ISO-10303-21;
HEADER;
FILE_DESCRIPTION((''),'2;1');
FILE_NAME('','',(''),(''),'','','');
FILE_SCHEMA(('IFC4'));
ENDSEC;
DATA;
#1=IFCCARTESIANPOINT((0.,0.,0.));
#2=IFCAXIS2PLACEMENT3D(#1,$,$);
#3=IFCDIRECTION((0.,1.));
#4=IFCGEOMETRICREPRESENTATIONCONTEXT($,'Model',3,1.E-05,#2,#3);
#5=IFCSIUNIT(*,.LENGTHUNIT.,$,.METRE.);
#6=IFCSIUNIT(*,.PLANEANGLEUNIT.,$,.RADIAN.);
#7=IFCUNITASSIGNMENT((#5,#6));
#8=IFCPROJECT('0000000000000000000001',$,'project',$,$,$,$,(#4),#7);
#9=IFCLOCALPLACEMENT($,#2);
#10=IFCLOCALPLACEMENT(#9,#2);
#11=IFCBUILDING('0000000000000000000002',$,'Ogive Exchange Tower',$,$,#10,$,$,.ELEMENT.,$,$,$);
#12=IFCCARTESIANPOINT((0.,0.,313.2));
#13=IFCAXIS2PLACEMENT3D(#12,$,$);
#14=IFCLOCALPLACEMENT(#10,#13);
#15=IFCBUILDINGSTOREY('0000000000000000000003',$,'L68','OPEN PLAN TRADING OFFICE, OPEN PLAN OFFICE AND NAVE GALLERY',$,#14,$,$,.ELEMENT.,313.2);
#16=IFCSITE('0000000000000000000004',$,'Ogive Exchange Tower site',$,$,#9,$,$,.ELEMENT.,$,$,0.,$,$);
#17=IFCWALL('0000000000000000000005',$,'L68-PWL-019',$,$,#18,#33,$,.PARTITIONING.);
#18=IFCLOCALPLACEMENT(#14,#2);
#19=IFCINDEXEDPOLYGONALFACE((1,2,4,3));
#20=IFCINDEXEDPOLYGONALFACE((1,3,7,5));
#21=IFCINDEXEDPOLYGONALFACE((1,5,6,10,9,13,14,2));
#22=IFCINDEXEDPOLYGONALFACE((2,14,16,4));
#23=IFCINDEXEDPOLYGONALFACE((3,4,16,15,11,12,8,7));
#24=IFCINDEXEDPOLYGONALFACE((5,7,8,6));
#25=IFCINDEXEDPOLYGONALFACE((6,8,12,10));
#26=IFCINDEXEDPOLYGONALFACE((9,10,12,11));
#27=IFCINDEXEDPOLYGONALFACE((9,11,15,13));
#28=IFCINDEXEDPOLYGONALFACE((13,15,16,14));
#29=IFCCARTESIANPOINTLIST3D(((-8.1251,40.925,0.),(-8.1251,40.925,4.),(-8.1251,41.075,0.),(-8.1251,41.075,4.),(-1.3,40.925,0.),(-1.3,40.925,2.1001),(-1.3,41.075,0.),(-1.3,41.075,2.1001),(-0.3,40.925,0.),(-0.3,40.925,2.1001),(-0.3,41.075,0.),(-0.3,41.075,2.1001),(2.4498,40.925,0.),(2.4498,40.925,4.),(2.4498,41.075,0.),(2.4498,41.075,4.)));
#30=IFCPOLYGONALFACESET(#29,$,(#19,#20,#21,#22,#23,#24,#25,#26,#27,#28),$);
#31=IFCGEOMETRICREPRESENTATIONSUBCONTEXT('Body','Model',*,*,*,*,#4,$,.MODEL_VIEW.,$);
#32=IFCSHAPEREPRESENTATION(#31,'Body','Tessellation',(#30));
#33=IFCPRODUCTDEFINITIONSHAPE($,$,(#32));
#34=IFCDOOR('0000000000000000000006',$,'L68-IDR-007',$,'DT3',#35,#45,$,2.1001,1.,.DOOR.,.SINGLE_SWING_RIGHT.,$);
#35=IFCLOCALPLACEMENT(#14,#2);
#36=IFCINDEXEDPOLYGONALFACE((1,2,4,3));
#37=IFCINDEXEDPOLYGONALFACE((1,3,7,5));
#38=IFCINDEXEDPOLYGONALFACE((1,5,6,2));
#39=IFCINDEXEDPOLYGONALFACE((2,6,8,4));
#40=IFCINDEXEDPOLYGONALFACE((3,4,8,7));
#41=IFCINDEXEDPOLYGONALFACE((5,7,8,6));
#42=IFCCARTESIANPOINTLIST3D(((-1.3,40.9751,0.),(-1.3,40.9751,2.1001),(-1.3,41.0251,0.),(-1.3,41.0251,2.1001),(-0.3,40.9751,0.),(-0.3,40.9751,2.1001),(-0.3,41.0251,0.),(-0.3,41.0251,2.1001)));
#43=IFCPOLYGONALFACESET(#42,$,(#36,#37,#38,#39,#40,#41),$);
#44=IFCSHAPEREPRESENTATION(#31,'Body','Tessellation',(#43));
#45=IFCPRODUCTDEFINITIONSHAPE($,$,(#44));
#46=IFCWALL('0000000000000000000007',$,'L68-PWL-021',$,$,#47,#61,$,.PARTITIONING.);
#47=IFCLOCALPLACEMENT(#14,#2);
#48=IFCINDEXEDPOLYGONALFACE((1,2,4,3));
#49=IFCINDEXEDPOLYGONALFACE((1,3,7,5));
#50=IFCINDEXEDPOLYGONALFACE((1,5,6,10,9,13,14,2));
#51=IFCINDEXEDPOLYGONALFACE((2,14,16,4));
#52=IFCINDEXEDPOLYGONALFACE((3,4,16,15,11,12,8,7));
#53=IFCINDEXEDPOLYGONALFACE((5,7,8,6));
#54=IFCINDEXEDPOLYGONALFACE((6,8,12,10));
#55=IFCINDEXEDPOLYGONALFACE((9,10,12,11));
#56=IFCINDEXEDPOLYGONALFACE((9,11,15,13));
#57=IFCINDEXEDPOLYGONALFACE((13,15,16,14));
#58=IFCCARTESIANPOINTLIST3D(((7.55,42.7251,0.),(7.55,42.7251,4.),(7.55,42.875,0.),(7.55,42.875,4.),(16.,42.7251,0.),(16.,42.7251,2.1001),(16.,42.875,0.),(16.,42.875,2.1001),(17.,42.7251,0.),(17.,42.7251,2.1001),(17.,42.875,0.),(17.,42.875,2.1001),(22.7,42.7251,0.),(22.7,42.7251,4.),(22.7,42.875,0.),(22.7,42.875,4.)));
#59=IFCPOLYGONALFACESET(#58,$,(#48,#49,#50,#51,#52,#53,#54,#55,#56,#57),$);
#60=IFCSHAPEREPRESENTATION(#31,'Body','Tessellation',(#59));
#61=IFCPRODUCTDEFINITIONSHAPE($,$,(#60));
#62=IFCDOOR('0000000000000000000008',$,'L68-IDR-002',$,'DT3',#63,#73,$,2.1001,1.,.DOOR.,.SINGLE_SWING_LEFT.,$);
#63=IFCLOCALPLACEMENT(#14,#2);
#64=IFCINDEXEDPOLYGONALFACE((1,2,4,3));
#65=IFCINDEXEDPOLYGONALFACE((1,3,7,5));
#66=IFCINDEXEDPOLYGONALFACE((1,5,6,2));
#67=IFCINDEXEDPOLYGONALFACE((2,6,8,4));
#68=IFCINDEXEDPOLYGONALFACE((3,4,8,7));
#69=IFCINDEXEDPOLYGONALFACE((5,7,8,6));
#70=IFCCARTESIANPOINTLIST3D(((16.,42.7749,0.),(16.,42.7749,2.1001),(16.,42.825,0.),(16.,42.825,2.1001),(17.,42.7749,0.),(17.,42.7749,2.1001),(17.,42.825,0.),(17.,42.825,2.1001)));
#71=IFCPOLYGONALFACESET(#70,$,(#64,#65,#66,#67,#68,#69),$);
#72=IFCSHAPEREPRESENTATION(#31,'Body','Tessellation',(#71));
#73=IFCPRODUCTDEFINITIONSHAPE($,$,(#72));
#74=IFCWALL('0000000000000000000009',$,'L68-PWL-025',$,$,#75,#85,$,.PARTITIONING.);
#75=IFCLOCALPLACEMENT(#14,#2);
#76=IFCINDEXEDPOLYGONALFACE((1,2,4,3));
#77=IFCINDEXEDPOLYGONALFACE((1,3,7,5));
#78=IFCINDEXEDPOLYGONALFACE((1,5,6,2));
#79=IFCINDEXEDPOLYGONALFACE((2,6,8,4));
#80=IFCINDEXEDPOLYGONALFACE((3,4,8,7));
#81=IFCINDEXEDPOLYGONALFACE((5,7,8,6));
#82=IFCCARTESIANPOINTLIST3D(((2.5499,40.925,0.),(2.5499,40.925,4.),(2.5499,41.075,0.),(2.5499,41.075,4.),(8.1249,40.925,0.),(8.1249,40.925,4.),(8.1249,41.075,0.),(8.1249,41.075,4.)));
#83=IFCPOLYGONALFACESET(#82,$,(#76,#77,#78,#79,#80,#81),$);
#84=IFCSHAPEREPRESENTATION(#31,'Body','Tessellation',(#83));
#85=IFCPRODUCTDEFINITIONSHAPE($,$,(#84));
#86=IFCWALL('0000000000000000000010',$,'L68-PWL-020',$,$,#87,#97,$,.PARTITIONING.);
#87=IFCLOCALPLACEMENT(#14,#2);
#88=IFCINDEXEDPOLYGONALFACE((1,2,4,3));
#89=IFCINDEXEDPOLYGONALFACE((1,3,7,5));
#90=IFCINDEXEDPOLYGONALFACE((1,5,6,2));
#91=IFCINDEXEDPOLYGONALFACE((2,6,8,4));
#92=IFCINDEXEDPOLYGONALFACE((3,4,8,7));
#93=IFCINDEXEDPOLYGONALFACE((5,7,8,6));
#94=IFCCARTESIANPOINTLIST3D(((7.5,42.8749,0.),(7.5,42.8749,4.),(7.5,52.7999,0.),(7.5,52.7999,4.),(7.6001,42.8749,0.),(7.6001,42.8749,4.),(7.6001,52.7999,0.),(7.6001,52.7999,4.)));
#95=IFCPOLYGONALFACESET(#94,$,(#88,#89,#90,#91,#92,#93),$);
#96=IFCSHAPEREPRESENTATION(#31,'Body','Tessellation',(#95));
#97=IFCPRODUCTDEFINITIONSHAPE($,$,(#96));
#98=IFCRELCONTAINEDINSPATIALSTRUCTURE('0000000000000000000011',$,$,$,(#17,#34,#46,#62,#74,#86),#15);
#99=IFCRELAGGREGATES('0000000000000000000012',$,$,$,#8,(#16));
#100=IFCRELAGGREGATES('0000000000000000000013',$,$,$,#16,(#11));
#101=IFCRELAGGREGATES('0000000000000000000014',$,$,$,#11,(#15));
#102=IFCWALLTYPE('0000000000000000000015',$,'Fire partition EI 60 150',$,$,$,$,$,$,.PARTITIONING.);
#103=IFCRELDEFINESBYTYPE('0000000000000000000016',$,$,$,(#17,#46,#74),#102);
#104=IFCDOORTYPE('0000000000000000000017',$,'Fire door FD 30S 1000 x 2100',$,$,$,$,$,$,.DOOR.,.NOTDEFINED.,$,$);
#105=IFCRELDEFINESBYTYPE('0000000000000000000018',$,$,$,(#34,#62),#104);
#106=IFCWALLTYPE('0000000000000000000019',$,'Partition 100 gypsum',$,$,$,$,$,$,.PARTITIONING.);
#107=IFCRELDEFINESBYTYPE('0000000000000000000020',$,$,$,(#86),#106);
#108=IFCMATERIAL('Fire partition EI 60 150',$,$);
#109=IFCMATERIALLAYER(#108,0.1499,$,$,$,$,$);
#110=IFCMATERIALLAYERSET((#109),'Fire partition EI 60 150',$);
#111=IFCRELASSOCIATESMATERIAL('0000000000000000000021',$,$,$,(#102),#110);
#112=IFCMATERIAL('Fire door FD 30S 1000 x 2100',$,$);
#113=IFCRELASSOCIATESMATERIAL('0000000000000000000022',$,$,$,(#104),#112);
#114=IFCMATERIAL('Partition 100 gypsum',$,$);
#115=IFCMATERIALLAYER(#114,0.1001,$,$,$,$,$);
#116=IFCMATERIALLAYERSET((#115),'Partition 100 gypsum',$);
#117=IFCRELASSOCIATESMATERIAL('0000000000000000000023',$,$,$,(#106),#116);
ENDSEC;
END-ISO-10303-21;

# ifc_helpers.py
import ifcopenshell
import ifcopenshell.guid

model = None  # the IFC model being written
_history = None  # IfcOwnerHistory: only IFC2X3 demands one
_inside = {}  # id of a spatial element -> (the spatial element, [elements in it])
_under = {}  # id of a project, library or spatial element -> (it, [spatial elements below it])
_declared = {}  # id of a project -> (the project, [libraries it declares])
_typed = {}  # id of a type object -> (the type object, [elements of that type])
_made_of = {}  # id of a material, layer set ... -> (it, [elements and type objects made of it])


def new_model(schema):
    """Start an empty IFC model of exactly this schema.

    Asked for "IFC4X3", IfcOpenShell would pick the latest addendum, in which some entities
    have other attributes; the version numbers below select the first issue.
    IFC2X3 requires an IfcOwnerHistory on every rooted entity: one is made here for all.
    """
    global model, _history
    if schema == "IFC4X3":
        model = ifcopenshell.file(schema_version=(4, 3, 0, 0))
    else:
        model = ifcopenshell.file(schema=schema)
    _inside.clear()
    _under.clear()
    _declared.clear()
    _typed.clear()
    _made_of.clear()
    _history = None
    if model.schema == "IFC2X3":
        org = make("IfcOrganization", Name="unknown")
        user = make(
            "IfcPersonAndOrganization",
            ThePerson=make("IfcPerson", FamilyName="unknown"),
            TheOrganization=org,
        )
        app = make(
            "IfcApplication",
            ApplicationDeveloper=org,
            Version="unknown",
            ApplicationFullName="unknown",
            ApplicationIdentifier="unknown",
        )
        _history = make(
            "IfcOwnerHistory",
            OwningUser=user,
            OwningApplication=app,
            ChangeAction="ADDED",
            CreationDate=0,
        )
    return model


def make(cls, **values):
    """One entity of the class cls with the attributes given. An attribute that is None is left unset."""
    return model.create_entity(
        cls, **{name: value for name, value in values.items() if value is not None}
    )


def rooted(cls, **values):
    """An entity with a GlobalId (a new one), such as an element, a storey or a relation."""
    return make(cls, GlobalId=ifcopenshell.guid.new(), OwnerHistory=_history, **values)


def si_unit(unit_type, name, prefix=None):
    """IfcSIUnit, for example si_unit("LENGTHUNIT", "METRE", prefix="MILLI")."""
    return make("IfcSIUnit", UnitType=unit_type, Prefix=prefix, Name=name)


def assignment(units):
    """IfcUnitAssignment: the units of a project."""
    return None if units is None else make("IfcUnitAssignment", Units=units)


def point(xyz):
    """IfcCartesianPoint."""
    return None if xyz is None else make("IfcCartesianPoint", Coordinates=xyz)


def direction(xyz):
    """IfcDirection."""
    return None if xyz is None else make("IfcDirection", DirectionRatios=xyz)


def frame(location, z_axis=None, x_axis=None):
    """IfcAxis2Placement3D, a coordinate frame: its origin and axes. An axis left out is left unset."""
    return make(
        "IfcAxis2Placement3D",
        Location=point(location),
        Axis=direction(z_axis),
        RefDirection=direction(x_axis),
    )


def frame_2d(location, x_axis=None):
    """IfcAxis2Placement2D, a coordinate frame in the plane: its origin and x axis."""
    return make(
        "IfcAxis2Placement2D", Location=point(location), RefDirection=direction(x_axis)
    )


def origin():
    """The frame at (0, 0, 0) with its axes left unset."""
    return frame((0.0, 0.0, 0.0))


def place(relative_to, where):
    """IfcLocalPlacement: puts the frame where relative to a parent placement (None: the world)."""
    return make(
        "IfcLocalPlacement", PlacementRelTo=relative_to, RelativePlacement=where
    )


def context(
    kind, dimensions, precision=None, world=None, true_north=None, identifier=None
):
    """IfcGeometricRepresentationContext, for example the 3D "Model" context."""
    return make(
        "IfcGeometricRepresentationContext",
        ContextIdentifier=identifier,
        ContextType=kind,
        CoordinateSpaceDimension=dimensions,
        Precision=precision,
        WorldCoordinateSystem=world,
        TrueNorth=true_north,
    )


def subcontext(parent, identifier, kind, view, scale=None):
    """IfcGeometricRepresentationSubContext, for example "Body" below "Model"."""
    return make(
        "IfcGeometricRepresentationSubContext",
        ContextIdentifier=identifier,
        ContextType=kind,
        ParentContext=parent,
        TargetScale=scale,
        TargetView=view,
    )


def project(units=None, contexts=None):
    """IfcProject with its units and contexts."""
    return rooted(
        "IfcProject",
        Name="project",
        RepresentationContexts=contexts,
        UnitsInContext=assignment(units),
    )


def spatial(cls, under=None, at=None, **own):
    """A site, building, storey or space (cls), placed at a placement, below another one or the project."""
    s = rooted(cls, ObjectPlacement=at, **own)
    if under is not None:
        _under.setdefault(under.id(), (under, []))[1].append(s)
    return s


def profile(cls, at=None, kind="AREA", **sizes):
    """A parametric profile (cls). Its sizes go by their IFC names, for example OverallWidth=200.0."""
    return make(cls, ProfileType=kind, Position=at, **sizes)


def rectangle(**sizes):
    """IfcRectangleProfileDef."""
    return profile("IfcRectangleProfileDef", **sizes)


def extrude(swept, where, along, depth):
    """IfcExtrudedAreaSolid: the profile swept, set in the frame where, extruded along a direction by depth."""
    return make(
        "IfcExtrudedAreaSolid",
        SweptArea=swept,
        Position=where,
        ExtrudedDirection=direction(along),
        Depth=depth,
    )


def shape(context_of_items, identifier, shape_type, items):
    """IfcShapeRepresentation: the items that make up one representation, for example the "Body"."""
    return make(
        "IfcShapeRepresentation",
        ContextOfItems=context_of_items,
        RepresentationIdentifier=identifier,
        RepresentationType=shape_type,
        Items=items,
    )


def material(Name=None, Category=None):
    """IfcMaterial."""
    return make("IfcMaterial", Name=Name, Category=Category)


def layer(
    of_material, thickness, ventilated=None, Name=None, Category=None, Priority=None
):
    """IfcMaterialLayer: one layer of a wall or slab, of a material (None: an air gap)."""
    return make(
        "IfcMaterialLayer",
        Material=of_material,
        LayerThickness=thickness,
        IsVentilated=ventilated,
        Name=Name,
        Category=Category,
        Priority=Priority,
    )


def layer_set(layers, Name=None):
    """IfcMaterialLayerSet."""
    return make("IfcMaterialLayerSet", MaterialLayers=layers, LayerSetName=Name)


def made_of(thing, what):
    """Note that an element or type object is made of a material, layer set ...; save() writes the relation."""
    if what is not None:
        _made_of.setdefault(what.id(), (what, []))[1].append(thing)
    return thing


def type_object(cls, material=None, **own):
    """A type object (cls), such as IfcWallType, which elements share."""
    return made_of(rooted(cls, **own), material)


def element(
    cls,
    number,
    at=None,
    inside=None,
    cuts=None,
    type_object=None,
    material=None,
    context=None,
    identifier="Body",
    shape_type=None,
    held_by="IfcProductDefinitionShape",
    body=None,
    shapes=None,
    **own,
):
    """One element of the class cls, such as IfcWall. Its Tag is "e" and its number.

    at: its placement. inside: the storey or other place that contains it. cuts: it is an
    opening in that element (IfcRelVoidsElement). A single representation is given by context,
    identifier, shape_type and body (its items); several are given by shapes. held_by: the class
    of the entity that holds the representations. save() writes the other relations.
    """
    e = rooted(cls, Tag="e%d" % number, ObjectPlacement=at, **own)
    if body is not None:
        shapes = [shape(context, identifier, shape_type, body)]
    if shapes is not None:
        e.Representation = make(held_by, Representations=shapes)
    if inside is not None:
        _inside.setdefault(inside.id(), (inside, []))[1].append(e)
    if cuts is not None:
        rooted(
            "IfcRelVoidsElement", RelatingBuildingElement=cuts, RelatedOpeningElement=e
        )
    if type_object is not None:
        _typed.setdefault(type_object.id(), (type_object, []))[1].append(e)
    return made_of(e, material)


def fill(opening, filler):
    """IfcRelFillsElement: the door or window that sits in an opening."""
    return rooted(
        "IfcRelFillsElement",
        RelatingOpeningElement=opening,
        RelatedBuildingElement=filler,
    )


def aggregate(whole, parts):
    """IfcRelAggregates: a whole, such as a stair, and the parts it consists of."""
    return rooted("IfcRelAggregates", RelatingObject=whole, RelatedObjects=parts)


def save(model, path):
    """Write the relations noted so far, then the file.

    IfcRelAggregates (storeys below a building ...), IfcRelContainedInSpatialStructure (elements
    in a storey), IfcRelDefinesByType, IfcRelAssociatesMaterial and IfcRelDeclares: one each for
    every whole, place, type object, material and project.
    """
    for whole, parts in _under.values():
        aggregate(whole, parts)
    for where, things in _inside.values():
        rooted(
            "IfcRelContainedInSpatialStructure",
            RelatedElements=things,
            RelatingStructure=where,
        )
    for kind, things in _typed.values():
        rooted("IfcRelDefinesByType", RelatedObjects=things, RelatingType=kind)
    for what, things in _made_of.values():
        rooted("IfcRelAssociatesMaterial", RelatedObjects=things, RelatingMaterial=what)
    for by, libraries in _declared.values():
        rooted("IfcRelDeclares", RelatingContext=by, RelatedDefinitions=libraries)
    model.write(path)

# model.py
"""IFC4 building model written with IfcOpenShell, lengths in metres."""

from ifc_helpers import new_model, si_unit, direction, frame, frame_2d, origin, place, context, subcontext, project, spatial, rectangle, extrude, material, layer, layer_set, type_object, element, fill, save


model = new_model("IFC4")

# Units and contexts
model_context = context("Model", 3, precision=1e-05, world=origin(), true_north=direction((0.0, 1.0)))
body_context = subcontext(model_context, "Body", "Model", "MODEL_VIEW")
ifc_project = project(units=[si_unit("LENGTHUNIT", "METRE"), si_unit("PLANEANGLEUNIT", "RADIAN")], contexts=[model_context])

# Site, building, storey
site_placement = place(None, origin())
site = spatial("IfcSite", under=ifc_project, at=site_placement, Name="Ogive Exchange Tower site", CompositionType="ELEMENT", RefElevation=0.0)
building_placement = place(site_placement, origin())
building = spatial("IfcBuilding", under=site, at=building_placement, Name="Ogive Exchange Tower", CompositionType="ELEMENT")
storey_placement = place(building_placement, frame((0.0, 0.0, 313.2)))
storey = spatial("IfcBuildingStorey", under=building, at=storey_placement, Name="L68", Description="OPEN PLAN TRADING OFFICE, OPEN PLAN OFFICE AND NAVE GALLERY", CompositionType="ELEMENT", Elevation=313.2)

# Walls, openings, doors
ifc_material_1 = material(Name="Fire partition EI 60 150")
ifc_layer_1 = layer(ifc_material_1, 0.1499)
ifc_layer_set_1 = layer_set([ifc_layer_1], Name="Fire partition EI 60 150")
wall_type_1 = type_object("IfcWallType", Name="Fire partition EI 60 150", PredefinedType="PARTITIONING", material=ifc_layer_set_1)
wall_1_placement = place(storey_placement, frame((2.45, 41.0, 0.0), z_axis=(0.0, 0.0, 1.0), x_axis=(-1.0, 0.0, 0.0)))
wall_1 = element("IfcWall", 1, at=wall_1_placement, inside=storey, type_object=wall_type_1, Name="L68-PWL-019", PredefinedType="PARTITIONING", context=body_context, shape_type="SweptSolid", body=[
    extrude(rectangle(XDim=10.575, YDim=0.1499, at=frame_2d((5.2876, 0.0))), origin(), (0.0, 0.0, 1.0), 4.0),
])
opening_1_placement = place(wall_1_placement, frame((2.75, 0.0, 0.0)))
opening_1 = element("IfcOpeningElement", 2, at=opening_1_placement, cuts=wall_1, PredefinedType="OPENING", context=body_context, shape_type="SweptSolid", body=[
    extrude(rectangle(XDim=1.0, YDim=2.1001, at=frame_2d((0.5, 1.05))), frame((0.0, 0.085, 0.0), z_axis=(0.0, -1.0, 0.0), x_axis=(1.0, 0.0, 0.0)), (0.0, 0.0, 1.0), 0.1699),
])
ifc_material_2 = material(Name="Fire door FD 30S 1000 x 2100")
door_type = type_object("IfcDoorType", Name="Fire door FD 30S 1000 x 2100", OperationType="NOTDEFINED", PredefinedType="DOOR", material=ifc_material_2)
door_1_placement = place(opening_1_placement, origin())
door_1 = element("IfcDoor", 3, at=door_1_placement, inside=storey, type_object=door_type, Name="L68-IDR-007", ObjectType="DT3", OperationType="SINGLE_SWING_RIGHT", OverallHeight=2.1001, OverallWidth=1.0, PredefinedType="DOOR", context=body_context, shape_type="SweptSolid", body=[
    extrude(rectangle(XDim=1.0, YDim=2.1001, at=frame_2d((0.5, 1.05))), frame((0.0, 0.0249, 0.0), z_axis=(0.0, -1.0, 0.0), x_axis=(1.0, 0.0, 0.0)), (0.0, 0.0, 1.0), 0.05),
])
fill(opening_1, door_1)
wall_2_placement = place(storey_placement, frame((7.55, 42.8, 0.0), z_axis=(0.0, 0.0, 1.0), x_axis=(1.0, 0.0, 0.0)))
wall_2 = element("IfcWall", 4, at=wall_2_placement, inside=storey, type_object=wall_type_1, Name="L68-PWL-021", PredefinedType="PARTITIONING", context=body_context, shape_type="SweptSolid", body=[
    extrude(rectangle(XDim=15.1499, YDim=0.1499, at=frame_2d((7.575, 0.0))), origin(), (0.0, 0.0, 1.0), 4.0),
])
opening_2_placement = place(wall_2_placement, frame((8.45, 0.0, 0.0)))
opening_2 = element("IfcOpeningElement", 5, at=opening_2_placement, cuts=wall_2, PredefinedType="OPENING", context=body_context, shape_type="SweptSolid", body=[
    extrude(rectangle(XDim=1.0, YDim=2.1001, at=frame_2d((0.5, 1.05))), frame((0.0, 0.085, 0.0), z_axis=(0.0, -1.0, 0.0), x_axis=(1.0, 0.0, 0.0)), (0.0, 0.0, 1.0), 0.1699),
])
door_2_placement = place(opening_2_placement, origin())
door_2 = element("IfcDoor", 6, at=door_2_placement, inside=storey, type_object=door_type, Name="L68-IDR-002", ObjectType="DT3", OperationType="SINGLE_SWING_LEFT", OverallHeight=2.1001, OverallWidth=1.0, PredefinedType="DOOR", context=body_context, shape_type="SweptSolid", body=[
    extrude(rectangle(XDim=1.0, YDim=2.1001, at=frame_2d((0.5, 1.05))), frame((0.0, 0.0249, 0.0), z_axis=(0.0, -1.0, 0.0), x_axis=(1.0, 0.0, 0.0)), (0.0, 0.0, 1.0), 0.05),
])
fill(opening_2, door_2)

# Walls
wall_3_placement = place(storey_placement, frame((8.125, 41.0, 0.0), z_axis=(0.0, 0.0, 1.0), x_axis=(-1.0, 0.0, 0.0)))
element("IfcWall", 7, at=wall_3_placement, inside=storey, type_object=wall_type_1, Name="L68-PWL-025", PredefinedType="PARTITIONING", context=body_context, shape_type="SweptSolid", body=[
    extrude(rectangle(XDim=5.575, YDim=0.1499, at=frame_2d((2.7876, 0.0))), origin(), (0.0, 0.0, 1.0), 4.0),
])
ifc_material_3 = material(Name="Partition 100 gypsum")
ifc_layer_2 = layer(ifc_material_3, 0.1001)
ifc_layer_set_2 = layer_set([ifc_layer_2], Name="Partition 100 gypsum")
wall_type_2 = type_object("IfcWallType", Name="Partition 100 gypsum", PredefinedType="PARTITIONING", material=ifc_layer_set_2)
wall_4_placement = place(storey_placement, frame((7.55, 42.875, 0.0), z_axis=(0.0, 0.0, 1.0), x_axis=(0.0, 1.0, 0.0)))
element("IfcWall", 8, at=wall_4_placement, inside=storey, type_object=wall_type_2, Name="L68-PWL-020", PredefinedType="PARTITIONING", context=body_context, shape_type="SweptSolid", body=[
    extrude(rectangle(XDim=9.925, YDim=0.1001, at=frame_2d((4.9624, 0.0))), origin(), (0.0, 0.0, 1.0), 4.0),
])

save(model, "model.ifc")
